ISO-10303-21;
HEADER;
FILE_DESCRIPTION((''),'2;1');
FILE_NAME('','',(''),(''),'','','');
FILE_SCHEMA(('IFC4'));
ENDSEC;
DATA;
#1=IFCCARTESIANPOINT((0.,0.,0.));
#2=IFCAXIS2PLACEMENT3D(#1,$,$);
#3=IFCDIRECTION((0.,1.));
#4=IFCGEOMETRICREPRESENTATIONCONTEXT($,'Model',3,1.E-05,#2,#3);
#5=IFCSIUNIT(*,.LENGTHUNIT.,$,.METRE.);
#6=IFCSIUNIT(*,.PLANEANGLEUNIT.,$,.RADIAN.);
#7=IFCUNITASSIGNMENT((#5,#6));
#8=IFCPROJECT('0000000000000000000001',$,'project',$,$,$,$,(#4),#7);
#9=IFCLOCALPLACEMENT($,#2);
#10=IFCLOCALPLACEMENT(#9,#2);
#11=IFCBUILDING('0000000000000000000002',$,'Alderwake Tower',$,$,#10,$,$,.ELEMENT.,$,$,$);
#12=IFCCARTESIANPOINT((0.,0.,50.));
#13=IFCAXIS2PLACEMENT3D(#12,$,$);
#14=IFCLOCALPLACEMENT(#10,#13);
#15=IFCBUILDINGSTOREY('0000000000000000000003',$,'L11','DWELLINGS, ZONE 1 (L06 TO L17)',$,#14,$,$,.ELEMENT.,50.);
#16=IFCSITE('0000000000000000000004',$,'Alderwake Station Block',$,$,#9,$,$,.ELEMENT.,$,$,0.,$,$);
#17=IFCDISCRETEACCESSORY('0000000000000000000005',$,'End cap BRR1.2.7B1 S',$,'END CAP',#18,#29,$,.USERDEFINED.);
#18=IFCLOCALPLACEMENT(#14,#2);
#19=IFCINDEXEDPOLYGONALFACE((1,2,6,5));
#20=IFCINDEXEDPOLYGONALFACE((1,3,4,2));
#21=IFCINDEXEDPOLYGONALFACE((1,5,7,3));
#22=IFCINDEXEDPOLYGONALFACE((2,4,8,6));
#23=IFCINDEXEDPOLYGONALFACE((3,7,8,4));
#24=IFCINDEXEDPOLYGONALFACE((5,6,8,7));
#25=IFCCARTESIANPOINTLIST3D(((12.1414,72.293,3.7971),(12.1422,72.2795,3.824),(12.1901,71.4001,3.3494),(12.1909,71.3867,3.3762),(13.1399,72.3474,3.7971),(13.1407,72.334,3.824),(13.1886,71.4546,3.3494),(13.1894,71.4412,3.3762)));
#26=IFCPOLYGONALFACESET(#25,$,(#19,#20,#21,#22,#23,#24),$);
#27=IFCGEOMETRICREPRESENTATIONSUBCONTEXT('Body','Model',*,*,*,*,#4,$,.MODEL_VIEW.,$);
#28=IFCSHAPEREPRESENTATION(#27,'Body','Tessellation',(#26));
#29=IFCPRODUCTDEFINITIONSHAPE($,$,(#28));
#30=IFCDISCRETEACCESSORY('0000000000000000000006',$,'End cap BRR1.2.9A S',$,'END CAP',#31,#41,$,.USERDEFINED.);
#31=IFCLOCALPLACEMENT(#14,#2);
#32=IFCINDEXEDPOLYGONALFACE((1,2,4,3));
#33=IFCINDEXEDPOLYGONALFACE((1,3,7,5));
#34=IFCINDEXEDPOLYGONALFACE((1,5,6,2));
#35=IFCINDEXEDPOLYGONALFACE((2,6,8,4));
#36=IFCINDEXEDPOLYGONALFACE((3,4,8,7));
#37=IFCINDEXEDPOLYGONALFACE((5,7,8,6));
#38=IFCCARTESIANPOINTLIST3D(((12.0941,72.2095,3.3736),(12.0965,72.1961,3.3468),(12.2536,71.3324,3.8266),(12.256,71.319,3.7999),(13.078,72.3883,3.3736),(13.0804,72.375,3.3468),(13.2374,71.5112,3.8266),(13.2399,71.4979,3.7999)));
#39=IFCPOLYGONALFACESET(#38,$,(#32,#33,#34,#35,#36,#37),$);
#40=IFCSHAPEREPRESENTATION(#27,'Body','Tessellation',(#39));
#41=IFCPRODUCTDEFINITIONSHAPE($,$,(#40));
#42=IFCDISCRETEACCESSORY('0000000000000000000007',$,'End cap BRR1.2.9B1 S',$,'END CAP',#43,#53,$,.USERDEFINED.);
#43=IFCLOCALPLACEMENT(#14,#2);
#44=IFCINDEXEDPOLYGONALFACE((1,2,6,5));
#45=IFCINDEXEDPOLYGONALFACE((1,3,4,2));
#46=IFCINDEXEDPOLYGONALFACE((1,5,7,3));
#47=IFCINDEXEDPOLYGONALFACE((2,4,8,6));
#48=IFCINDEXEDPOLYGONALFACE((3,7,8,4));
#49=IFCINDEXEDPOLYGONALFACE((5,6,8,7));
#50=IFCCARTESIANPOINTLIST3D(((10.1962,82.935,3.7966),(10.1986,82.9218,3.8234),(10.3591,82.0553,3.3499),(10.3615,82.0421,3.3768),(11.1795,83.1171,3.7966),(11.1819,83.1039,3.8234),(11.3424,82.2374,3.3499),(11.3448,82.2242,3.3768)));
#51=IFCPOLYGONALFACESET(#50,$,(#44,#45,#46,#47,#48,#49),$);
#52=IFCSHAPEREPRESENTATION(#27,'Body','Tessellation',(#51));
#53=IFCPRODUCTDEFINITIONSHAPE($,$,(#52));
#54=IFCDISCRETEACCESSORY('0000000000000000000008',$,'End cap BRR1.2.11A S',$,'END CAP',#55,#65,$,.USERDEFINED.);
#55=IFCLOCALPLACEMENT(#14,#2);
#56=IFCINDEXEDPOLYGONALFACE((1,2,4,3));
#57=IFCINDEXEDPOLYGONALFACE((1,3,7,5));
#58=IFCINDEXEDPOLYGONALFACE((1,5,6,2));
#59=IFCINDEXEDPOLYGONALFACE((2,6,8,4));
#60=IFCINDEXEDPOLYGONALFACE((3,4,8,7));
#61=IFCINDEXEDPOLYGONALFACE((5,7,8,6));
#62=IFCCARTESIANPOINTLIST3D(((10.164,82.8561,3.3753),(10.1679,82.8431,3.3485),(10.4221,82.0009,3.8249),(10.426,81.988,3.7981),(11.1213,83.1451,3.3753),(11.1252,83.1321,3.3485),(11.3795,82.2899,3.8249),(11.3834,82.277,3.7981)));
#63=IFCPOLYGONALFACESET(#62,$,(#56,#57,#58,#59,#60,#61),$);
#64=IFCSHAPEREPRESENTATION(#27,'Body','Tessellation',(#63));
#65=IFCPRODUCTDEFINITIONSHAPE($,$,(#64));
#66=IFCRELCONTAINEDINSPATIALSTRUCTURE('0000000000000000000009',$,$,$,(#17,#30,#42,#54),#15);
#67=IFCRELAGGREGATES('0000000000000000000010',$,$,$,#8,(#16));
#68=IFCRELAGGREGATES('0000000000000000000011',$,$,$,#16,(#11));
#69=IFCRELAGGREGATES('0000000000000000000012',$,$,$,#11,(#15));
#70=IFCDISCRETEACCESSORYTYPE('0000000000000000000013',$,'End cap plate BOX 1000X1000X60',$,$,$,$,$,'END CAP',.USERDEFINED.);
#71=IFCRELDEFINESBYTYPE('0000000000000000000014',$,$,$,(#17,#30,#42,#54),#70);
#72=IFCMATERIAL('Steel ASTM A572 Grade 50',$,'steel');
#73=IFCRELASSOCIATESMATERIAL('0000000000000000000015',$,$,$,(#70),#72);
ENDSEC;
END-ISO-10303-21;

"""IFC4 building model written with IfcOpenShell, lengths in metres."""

from ifc_helpers import new_model, si_unit, direction, frame, origin, origin_2d, place, context, subcontext, project, spatial, rectangle, extrude, material, material_profile, profile_set, type_object, element, save


model = new_model("IFC4")

# Units and contexts
model_context = context("Model", 3, precision=1e-05, world=origin(), true_north=direction((0.0, 1.0)))
body_context = subcontext(model_context, "Body", "Model", "MODEL_VIEW")
ifc_project = project(units=[si_unit("LENGTHUNIT", "METRE"), si_unit("PLANEANGLEUNIT", "RADIAN")], contexts=[model_context])

# Site, building, storey
site_placement = place(None, origin())
site = spatial("IfcSite", under=ifc_project, at=site_placement, Name="Alderwake Station Block", CompositionType="ELEMENT", RefElevation=0.0)
building_placement = place(site_placement, origin())
building = spatial("IfcBuilding", under=site, at=building_placement, Name="Alderwake Tower", CompositionType="ELEMENT")
storey_placement = place(building_placement, frame((0.0, 0.0, 50.0)))
storey = spatial("IfcBuildingStorey", under=building, at=storey_placement, Name="L11", Description="DWELLINGS, ZONE 1 (L06 TO L17)", CompositionType="ELEMENT", Elevation=50.0)

# Discrete accessories
ifc_material_1 = material(Name="Steel ASTM A572 Grade 50", Category="steel")
ifc_material_profile_1 = material_profile(ifc_material_1, rectangle(XDim=1.0, YDim=1.0, at=origin_2d()), Name="BOX 1000X1000X60 cap")
ifc_profile_set_1 = profile_set([ifc_material_profile_1], Name="Steel ASTM A572 Grade 50")
discrete_accessory_type = type_object("IfcDiscreteAccessoryType", Name="End cap plate BOX 1000X1000X60", ElementType="END CAP", PredefinedType="USERDEFINED", material=ifc_profile_set_1)
for number, where, z_axis, x_axis, name in (
    (1, (12.6658, 71.8604, 3.6001), (-0.024386, 0.447081, -0.894161), (-0.998516, -0.054464, 0.0), "End cap BRR1.2.7B1 S"),
    (2, (12.6658, 71.8604, 3.6001), (0.081044, -0.445742, -0.891485), (0.98387, 0.178885, 0.0), "End cap BRR1.2.9A S"),
    (3, (10.7717, 82.573, 3.6001), (-0.081336, 0.439213, -0.894693), (-0.983282, -0.182089, 0.0), "End cap BRR1.2.9B1 S"),
    (4, (10.7717, 82.573, 3.6001), (0.129927, -0.430383, -0.893247), (0.957328, 0.289005, 0.0), "End cap BRR1.2.11A S"),
):
    element("IfcDiscreteAccessory", number, at=place(storey_placement, frame(where, z_axis=z_axis, x_axis=x_axis)), inside=storey, type_object=discrete_accessory_type, Name=name, ObjectType="END CAP", PredefinedType="USERDEFINED", context=body_context, shape_type="SweptSolid", body=[
        extrude(rectangle(XDim=1.0, YDim=1.0, at=origin_2d()), origin(), (0.0, 0.0, 1.0), 0.03),
    ])

save(model, "model.ifc")
